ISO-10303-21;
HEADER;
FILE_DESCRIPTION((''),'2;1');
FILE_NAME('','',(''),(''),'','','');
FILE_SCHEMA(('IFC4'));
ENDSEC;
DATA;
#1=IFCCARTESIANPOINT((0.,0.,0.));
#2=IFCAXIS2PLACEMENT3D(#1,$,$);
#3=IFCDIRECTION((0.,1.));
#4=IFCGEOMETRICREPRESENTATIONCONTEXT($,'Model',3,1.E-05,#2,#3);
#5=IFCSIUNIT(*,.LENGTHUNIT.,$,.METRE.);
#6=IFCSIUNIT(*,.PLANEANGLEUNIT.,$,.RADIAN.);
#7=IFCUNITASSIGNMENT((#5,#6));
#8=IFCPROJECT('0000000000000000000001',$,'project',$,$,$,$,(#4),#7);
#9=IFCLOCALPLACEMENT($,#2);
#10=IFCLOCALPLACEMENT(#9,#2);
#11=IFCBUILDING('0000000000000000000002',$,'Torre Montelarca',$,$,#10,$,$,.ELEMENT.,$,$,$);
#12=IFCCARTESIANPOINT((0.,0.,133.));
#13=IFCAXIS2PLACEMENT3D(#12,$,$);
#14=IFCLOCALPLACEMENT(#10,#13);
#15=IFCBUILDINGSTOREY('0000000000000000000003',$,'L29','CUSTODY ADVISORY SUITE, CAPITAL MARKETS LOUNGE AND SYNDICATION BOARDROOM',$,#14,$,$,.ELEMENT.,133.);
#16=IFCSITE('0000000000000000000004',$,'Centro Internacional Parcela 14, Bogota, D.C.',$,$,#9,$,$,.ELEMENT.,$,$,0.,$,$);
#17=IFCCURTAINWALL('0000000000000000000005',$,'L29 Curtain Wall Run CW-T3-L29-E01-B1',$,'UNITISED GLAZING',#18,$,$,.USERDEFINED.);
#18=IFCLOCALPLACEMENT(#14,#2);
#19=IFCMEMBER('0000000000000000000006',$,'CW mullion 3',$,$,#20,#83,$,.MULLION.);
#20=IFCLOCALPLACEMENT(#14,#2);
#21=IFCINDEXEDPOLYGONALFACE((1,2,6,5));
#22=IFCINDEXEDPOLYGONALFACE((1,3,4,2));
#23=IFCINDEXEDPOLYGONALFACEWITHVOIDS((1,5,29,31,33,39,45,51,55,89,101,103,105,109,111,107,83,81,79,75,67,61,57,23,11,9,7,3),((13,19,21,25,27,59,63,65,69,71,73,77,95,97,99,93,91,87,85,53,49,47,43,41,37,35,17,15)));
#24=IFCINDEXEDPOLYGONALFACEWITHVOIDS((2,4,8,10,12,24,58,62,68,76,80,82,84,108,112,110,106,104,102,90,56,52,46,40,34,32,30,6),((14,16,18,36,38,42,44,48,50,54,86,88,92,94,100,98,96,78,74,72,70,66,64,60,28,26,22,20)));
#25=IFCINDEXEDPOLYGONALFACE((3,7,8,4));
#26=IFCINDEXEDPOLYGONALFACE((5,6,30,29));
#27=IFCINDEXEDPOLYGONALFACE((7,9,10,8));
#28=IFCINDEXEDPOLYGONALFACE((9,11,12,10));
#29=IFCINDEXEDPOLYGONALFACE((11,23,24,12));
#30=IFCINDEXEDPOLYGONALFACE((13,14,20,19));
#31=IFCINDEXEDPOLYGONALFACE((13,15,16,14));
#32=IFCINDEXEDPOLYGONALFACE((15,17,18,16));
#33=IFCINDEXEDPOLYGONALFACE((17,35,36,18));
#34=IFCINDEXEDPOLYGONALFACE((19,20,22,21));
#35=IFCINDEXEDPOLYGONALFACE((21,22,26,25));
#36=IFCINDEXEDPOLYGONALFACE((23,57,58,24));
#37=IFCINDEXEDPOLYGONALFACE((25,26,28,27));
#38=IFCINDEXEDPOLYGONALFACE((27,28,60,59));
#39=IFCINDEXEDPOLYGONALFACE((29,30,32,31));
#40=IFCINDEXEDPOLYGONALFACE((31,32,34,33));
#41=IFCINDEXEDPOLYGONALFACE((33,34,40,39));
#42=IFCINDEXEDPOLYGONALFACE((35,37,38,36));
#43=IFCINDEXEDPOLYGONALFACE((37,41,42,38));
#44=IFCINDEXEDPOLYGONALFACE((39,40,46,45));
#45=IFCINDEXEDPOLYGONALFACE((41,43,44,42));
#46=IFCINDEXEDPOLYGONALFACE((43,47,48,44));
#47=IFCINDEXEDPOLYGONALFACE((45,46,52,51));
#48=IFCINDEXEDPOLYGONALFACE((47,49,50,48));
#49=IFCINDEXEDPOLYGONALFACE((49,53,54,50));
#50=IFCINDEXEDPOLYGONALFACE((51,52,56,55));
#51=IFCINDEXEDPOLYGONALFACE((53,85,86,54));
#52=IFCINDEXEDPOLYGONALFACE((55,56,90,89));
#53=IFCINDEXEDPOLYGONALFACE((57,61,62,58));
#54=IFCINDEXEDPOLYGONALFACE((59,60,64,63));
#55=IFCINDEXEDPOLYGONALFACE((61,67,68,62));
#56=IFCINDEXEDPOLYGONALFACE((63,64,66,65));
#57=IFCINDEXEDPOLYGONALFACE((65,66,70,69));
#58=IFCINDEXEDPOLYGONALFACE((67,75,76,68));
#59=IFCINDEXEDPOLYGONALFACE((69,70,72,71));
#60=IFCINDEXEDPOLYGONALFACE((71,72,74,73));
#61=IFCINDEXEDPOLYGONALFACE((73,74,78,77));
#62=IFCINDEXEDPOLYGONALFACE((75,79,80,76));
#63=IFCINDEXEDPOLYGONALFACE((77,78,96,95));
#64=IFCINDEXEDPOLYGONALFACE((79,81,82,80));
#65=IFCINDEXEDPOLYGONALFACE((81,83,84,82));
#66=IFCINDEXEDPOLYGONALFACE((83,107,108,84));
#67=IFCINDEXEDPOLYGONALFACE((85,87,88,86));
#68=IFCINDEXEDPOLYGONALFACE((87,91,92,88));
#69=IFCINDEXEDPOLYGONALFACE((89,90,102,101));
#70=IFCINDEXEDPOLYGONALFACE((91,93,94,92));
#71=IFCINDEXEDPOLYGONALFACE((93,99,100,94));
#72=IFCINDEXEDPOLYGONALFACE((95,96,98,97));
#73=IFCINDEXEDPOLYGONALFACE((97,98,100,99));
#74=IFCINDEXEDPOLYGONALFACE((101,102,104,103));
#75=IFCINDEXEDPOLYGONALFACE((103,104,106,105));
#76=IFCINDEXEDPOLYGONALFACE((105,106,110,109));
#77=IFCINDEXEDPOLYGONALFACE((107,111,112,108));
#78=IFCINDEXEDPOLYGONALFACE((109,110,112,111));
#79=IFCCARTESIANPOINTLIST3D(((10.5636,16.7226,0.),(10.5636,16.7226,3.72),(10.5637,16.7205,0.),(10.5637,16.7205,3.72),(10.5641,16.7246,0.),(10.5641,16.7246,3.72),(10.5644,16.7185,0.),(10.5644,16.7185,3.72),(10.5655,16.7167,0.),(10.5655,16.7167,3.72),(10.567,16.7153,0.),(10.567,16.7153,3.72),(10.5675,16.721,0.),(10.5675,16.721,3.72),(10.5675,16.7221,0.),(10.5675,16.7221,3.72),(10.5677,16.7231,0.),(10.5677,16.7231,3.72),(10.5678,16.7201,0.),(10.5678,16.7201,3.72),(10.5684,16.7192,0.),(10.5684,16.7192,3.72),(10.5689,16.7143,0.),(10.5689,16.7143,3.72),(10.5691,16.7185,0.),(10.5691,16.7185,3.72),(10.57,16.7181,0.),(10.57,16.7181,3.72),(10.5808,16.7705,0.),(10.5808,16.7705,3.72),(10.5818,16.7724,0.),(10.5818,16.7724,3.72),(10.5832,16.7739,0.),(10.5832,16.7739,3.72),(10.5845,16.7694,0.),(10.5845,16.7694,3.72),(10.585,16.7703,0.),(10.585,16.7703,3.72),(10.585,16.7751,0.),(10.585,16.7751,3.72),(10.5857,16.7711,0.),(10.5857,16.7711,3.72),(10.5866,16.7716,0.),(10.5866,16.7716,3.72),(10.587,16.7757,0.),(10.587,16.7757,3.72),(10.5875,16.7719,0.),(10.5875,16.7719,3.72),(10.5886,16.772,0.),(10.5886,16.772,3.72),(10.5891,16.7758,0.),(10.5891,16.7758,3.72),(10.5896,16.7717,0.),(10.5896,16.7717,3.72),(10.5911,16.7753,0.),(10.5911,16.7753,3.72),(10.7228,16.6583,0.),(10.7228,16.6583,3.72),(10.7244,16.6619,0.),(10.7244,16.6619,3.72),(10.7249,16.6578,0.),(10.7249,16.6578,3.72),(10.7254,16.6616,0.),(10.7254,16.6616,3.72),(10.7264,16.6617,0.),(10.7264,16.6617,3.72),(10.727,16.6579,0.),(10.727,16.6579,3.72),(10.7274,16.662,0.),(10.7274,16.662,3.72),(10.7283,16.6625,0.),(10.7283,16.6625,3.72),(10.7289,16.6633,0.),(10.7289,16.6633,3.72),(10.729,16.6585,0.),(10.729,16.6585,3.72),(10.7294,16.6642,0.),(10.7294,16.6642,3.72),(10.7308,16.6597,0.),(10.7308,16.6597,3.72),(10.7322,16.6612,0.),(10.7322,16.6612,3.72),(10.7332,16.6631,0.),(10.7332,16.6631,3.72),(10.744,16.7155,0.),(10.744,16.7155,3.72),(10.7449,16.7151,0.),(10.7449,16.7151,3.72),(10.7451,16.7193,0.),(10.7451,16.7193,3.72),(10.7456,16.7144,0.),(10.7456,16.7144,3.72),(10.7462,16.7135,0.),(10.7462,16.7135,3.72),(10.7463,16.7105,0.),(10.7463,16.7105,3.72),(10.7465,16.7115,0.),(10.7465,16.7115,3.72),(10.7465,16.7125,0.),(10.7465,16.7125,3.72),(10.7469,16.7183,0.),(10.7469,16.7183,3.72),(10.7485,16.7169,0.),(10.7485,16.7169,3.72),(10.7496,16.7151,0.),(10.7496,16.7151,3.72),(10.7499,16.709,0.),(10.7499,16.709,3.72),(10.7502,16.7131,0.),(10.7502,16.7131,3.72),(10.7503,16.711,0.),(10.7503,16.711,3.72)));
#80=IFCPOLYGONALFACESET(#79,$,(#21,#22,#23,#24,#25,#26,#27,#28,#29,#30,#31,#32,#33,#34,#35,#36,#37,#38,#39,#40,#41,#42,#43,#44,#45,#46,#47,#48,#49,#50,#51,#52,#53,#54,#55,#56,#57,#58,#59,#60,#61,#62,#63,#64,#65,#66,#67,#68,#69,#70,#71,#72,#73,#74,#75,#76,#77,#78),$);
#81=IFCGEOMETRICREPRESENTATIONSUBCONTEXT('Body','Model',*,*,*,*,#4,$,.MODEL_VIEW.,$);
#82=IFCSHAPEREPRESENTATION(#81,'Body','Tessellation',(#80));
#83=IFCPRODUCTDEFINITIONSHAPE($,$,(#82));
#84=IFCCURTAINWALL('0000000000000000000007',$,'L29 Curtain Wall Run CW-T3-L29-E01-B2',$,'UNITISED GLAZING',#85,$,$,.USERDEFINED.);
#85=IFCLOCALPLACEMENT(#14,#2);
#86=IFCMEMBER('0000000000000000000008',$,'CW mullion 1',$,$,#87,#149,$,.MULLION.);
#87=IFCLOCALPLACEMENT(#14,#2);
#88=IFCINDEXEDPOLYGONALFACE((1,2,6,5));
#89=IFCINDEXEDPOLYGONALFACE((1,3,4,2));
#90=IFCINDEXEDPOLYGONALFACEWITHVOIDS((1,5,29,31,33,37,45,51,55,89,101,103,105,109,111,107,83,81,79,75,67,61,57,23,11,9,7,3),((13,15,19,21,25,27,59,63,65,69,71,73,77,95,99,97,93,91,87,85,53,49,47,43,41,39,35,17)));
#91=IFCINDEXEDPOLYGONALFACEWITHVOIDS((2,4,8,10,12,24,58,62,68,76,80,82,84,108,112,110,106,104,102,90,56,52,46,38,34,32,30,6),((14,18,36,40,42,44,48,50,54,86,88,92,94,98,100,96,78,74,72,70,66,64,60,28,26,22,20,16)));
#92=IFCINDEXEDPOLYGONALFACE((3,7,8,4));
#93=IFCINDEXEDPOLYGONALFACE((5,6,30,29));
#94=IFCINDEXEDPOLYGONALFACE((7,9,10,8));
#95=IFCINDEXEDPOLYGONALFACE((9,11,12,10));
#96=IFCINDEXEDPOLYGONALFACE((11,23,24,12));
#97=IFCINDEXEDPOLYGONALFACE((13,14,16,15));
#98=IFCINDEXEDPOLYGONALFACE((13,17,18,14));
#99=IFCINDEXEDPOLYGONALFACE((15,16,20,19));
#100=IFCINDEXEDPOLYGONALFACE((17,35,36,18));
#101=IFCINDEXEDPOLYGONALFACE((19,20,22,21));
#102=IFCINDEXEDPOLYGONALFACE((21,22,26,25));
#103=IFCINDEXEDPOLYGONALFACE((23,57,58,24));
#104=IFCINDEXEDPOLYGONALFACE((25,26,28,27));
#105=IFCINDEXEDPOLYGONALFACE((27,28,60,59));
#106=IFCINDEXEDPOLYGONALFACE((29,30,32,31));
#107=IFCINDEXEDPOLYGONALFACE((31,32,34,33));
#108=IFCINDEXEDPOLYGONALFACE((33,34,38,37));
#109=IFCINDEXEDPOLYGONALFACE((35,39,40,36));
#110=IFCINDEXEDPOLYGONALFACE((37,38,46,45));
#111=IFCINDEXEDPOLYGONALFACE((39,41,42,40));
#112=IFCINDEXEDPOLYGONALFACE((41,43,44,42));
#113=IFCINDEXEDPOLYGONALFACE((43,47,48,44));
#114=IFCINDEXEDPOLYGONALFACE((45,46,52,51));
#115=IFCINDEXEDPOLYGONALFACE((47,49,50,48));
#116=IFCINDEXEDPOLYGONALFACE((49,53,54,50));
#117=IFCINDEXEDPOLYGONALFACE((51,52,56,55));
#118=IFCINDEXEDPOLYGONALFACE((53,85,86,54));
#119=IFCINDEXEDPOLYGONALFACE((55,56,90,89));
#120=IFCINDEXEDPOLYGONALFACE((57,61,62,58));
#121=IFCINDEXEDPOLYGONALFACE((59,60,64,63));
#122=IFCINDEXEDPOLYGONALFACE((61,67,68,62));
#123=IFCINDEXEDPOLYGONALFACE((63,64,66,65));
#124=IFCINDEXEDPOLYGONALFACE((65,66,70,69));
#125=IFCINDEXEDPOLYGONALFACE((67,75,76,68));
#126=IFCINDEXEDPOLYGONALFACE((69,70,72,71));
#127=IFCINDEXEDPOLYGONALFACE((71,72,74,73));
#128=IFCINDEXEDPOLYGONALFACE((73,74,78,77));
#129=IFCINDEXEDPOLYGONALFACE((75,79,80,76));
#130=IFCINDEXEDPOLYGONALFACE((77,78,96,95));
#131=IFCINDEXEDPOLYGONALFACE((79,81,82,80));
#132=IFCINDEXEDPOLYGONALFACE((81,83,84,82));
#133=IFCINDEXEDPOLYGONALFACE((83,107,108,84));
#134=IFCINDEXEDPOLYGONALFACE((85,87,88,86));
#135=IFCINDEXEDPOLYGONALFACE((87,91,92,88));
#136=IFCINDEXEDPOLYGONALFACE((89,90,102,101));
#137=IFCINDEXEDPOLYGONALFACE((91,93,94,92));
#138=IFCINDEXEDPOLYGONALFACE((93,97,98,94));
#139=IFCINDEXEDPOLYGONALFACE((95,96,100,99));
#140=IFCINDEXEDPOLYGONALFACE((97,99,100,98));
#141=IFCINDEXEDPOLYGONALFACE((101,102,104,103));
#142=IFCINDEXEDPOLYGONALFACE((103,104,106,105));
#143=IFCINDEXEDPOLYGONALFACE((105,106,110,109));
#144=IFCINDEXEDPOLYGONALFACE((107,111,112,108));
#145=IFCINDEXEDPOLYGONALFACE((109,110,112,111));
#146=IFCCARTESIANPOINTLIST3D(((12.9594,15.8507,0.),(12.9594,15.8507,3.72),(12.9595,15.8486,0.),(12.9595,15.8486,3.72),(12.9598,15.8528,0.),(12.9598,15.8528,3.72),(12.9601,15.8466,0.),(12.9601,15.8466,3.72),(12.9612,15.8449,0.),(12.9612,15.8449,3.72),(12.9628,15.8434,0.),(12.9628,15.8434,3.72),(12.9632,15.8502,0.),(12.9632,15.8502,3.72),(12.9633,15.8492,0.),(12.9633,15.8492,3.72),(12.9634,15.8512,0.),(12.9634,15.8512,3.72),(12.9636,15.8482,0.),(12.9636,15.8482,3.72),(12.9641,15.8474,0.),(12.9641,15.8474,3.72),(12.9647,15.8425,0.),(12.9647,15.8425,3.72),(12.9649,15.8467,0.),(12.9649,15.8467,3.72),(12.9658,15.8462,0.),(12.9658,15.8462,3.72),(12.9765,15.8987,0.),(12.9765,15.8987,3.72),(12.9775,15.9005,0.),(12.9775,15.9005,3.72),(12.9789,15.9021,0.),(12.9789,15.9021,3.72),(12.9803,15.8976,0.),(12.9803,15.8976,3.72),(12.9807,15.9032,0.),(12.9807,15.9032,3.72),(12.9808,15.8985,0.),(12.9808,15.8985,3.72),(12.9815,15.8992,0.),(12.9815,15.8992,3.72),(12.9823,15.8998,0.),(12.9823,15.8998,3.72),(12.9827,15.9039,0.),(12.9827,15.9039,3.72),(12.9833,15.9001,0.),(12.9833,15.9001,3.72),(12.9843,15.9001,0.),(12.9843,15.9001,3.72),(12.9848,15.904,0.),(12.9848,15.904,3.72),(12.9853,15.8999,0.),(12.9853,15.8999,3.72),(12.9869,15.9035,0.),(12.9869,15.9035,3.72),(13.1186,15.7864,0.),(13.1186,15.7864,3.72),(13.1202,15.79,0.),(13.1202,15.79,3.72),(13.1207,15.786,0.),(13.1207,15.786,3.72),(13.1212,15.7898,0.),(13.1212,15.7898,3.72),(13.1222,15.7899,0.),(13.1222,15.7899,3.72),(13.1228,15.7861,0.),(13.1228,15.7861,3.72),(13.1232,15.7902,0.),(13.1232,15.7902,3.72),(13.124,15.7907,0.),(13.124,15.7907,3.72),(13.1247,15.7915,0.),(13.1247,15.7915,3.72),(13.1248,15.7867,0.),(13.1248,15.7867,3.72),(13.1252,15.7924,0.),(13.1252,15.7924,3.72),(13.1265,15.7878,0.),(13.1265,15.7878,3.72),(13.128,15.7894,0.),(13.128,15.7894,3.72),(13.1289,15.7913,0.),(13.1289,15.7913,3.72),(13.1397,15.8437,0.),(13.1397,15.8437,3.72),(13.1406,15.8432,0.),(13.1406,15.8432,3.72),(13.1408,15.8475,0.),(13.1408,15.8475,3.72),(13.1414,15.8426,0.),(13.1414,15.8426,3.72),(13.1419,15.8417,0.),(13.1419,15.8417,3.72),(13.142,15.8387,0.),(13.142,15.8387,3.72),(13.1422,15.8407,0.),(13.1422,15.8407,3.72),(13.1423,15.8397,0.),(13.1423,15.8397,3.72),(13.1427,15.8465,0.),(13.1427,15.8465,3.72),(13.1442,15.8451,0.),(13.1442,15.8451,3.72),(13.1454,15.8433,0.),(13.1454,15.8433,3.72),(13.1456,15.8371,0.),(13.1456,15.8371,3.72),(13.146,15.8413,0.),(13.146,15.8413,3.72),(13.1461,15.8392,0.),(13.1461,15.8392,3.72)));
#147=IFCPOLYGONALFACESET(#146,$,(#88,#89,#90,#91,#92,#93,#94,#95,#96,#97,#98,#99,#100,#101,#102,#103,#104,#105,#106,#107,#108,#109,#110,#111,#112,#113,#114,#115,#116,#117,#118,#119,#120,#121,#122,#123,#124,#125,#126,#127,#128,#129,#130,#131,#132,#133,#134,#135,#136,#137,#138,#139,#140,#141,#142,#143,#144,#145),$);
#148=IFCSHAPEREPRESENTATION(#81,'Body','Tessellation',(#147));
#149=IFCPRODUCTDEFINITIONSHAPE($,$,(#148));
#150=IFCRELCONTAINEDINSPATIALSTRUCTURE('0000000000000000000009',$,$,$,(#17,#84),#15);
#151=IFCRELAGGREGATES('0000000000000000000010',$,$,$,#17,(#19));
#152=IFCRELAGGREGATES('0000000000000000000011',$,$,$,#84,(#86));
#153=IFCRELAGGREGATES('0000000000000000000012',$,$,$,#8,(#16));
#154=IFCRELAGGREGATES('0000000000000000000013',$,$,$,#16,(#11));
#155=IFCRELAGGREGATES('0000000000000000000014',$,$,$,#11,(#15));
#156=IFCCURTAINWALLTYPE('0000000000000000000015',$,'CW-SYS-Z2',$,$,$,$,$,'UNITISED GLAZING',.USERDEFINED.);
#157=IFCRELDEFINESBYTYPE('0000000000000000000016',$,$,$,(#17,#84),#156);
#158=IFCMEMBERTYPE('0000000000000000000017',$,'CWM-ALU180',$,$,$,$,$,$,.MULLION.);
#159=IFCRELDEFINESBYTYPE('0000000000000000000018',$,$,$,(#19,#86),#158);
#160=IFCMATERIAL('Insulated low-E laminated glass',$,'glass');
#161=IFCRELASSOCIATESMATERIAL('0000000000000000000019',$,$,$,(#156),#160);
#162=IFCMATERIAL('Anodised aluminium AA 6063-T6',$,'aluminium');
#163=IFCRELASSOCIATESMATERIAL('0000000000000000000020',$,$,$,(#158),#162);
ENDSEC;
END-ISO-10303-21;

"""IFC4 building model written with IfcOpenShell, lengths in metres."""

from ifc_helpers import new_model, si_unit, direction, frame, origin, origin_2d, place, context, subcontext, project, spatial, hollow_rectangle, extrude, source, transform, mapped, material, material_profile, profile_set, type_object, element, aggregate, save


model = new_model("IFC4")

# Units and contexts
model_context = context("Model", 3, precision=1e-05, world=origin(), true_north=direction((0.0, 1.0)))
body_context = subcontext(model_context, "Body", "Model", "MODEL_VIEW")
ifc_project = project(units=[si_unit("LENGTHUNIT", "METRE"), si_unit("PLANEANGLEUNIT", "RADIAN")], contexts=[model_context])

# Site, building, storey
site_placement = place(None, origin())
site = spatial("IfcSite", under=ifc_project, at=site_placement, Name="Centro Internacional Parcela 14, Bogota, D.C.", CompositionType="ELEMENT", RefElevation=0.0)
building_placement = place(site_placement, origin())
building = spatial("IfcBuilding", under=site, at=building_placement, Name="Torre Montelarca", CompositionType="ELEMENT")
storey_placement = place(building_placement, frame((0.0, 0.0, 133.0)))
storey = spatial("IfcBuildingStorey", under=building, at=storey_placement, Name="L29", Description="CUSTODY ADVISORY SUITE, CAPITAL MARKETS LOUNGE AND SYNDICATION BOARDROOM", CompositionType="ELEMENT", Elevation=133.0)

# Curtain walls, members
ifc_material_1 = material(Name="Insulated low-E laminated glass", Category="glass")
curtain_wall_type = type_object("IfcCurtainWallType", Name="CW-SYS-Z2", ElementType="UNITISED GLAZING", PredefinedType="USERDEFINED", material=ifc_material_1)
curtain_wall_1_placement = place(storey_placement, origin())
curtain_wall_1 = element("IfcCurtainWall", 1, at=curtain_wall_1_placement, inside=storey, type_object=curtain_wall_type, Name="L29 Curtain Wall Run CW-T3-L29-E01-B1", ObjectType="UNITISED GLAZING", PredefinedType="USERDEFINED")
ifc_material_2 = material(Name="Anodised aluminium AA 6063-T6", Category="aluminium")
ifc_material_profile_1 = material_profile(ifc_material_2, hollow_rectangle(XDim=0.0649, YDim=0.1799, WallThickness=0.0039, InnerFilletRadius=0.0039, OuterFilletRadius=0.0081, at=origin_2d()), Name="ALU65X180X4", Category="aluminium")
ifc_profile_set_1 = profile_set([ifc_material_profile_1], Name="Anodised aluminium AA 6063-T6")
member_type_1 = type_object("IfcMemberType", Name="CWM-ALU180", PredefinedType="MULLION", material=ifc_profile_set_1)
shared_shape_1 = source(origin(), body_context, "Body", "SweptSolid", [
    extrude(hollow_rectangle(XDim=0.0649, YDim=0.1799, WallThickness=0.0039, InnerFilletRadius=0.0039, OuterFilletRadius=0.0081, at=origin_2d()), origin(), (0.0, 0.0, 1.0), 3.72),
])
member_1_placement = place(storey_placement, frame((10.657, 16.7168, 0.0), z_axis=(0.0, 0.0, 1.0), x_axis=(0.342009, 0.939697, 0.0)))
member_1 = element("IfcMember", 2, at=member_1_placement, type_object=member_type_1, Name="CW mullion 3", PredefinedType="MULLION", context=body_context, shape_type="MappedRepresentation", body=[
    mapped(shared_shape_1, transform((0.0, 0.0, 0.0), scale=1.0)),
])
curtain_wall_2_placement = place(storey_placement, origin())
curtain_wall_2 = element("IfcCurtainWall", 3, at=curtain_wall_2_placement, inside=storey, type_object=curtain_wall_type, Name="L29 Curtain Wall Run CW-T3-L29-E01-B2", ObjectType="UNITISED GLAZING", PredefinedType="USERDEFINED")
member_2_placement = place(storey_placement, frame((13.0527, 15.845, 0.0), z_axis=(0.0, 0.0, 1.0), x_axis=(0.342021, 0.939692, 0.0)))
member_2 = element("IfcMember", 4, at=member_2_placement, type_object=member_type_1, Name="CW mullion 1", PredefinedType="MULLION", context=body_context, shape_type="MappedRepresentation", body=[
    mapped(shared_shape_1, transform((0.0, 0.0, 0.0), scale=1.0)),
])

aggregate(curtain_wall_1, [member_1])
aggregate(curtain_wall_2, [member_2])

save(model, "model.ifc")
